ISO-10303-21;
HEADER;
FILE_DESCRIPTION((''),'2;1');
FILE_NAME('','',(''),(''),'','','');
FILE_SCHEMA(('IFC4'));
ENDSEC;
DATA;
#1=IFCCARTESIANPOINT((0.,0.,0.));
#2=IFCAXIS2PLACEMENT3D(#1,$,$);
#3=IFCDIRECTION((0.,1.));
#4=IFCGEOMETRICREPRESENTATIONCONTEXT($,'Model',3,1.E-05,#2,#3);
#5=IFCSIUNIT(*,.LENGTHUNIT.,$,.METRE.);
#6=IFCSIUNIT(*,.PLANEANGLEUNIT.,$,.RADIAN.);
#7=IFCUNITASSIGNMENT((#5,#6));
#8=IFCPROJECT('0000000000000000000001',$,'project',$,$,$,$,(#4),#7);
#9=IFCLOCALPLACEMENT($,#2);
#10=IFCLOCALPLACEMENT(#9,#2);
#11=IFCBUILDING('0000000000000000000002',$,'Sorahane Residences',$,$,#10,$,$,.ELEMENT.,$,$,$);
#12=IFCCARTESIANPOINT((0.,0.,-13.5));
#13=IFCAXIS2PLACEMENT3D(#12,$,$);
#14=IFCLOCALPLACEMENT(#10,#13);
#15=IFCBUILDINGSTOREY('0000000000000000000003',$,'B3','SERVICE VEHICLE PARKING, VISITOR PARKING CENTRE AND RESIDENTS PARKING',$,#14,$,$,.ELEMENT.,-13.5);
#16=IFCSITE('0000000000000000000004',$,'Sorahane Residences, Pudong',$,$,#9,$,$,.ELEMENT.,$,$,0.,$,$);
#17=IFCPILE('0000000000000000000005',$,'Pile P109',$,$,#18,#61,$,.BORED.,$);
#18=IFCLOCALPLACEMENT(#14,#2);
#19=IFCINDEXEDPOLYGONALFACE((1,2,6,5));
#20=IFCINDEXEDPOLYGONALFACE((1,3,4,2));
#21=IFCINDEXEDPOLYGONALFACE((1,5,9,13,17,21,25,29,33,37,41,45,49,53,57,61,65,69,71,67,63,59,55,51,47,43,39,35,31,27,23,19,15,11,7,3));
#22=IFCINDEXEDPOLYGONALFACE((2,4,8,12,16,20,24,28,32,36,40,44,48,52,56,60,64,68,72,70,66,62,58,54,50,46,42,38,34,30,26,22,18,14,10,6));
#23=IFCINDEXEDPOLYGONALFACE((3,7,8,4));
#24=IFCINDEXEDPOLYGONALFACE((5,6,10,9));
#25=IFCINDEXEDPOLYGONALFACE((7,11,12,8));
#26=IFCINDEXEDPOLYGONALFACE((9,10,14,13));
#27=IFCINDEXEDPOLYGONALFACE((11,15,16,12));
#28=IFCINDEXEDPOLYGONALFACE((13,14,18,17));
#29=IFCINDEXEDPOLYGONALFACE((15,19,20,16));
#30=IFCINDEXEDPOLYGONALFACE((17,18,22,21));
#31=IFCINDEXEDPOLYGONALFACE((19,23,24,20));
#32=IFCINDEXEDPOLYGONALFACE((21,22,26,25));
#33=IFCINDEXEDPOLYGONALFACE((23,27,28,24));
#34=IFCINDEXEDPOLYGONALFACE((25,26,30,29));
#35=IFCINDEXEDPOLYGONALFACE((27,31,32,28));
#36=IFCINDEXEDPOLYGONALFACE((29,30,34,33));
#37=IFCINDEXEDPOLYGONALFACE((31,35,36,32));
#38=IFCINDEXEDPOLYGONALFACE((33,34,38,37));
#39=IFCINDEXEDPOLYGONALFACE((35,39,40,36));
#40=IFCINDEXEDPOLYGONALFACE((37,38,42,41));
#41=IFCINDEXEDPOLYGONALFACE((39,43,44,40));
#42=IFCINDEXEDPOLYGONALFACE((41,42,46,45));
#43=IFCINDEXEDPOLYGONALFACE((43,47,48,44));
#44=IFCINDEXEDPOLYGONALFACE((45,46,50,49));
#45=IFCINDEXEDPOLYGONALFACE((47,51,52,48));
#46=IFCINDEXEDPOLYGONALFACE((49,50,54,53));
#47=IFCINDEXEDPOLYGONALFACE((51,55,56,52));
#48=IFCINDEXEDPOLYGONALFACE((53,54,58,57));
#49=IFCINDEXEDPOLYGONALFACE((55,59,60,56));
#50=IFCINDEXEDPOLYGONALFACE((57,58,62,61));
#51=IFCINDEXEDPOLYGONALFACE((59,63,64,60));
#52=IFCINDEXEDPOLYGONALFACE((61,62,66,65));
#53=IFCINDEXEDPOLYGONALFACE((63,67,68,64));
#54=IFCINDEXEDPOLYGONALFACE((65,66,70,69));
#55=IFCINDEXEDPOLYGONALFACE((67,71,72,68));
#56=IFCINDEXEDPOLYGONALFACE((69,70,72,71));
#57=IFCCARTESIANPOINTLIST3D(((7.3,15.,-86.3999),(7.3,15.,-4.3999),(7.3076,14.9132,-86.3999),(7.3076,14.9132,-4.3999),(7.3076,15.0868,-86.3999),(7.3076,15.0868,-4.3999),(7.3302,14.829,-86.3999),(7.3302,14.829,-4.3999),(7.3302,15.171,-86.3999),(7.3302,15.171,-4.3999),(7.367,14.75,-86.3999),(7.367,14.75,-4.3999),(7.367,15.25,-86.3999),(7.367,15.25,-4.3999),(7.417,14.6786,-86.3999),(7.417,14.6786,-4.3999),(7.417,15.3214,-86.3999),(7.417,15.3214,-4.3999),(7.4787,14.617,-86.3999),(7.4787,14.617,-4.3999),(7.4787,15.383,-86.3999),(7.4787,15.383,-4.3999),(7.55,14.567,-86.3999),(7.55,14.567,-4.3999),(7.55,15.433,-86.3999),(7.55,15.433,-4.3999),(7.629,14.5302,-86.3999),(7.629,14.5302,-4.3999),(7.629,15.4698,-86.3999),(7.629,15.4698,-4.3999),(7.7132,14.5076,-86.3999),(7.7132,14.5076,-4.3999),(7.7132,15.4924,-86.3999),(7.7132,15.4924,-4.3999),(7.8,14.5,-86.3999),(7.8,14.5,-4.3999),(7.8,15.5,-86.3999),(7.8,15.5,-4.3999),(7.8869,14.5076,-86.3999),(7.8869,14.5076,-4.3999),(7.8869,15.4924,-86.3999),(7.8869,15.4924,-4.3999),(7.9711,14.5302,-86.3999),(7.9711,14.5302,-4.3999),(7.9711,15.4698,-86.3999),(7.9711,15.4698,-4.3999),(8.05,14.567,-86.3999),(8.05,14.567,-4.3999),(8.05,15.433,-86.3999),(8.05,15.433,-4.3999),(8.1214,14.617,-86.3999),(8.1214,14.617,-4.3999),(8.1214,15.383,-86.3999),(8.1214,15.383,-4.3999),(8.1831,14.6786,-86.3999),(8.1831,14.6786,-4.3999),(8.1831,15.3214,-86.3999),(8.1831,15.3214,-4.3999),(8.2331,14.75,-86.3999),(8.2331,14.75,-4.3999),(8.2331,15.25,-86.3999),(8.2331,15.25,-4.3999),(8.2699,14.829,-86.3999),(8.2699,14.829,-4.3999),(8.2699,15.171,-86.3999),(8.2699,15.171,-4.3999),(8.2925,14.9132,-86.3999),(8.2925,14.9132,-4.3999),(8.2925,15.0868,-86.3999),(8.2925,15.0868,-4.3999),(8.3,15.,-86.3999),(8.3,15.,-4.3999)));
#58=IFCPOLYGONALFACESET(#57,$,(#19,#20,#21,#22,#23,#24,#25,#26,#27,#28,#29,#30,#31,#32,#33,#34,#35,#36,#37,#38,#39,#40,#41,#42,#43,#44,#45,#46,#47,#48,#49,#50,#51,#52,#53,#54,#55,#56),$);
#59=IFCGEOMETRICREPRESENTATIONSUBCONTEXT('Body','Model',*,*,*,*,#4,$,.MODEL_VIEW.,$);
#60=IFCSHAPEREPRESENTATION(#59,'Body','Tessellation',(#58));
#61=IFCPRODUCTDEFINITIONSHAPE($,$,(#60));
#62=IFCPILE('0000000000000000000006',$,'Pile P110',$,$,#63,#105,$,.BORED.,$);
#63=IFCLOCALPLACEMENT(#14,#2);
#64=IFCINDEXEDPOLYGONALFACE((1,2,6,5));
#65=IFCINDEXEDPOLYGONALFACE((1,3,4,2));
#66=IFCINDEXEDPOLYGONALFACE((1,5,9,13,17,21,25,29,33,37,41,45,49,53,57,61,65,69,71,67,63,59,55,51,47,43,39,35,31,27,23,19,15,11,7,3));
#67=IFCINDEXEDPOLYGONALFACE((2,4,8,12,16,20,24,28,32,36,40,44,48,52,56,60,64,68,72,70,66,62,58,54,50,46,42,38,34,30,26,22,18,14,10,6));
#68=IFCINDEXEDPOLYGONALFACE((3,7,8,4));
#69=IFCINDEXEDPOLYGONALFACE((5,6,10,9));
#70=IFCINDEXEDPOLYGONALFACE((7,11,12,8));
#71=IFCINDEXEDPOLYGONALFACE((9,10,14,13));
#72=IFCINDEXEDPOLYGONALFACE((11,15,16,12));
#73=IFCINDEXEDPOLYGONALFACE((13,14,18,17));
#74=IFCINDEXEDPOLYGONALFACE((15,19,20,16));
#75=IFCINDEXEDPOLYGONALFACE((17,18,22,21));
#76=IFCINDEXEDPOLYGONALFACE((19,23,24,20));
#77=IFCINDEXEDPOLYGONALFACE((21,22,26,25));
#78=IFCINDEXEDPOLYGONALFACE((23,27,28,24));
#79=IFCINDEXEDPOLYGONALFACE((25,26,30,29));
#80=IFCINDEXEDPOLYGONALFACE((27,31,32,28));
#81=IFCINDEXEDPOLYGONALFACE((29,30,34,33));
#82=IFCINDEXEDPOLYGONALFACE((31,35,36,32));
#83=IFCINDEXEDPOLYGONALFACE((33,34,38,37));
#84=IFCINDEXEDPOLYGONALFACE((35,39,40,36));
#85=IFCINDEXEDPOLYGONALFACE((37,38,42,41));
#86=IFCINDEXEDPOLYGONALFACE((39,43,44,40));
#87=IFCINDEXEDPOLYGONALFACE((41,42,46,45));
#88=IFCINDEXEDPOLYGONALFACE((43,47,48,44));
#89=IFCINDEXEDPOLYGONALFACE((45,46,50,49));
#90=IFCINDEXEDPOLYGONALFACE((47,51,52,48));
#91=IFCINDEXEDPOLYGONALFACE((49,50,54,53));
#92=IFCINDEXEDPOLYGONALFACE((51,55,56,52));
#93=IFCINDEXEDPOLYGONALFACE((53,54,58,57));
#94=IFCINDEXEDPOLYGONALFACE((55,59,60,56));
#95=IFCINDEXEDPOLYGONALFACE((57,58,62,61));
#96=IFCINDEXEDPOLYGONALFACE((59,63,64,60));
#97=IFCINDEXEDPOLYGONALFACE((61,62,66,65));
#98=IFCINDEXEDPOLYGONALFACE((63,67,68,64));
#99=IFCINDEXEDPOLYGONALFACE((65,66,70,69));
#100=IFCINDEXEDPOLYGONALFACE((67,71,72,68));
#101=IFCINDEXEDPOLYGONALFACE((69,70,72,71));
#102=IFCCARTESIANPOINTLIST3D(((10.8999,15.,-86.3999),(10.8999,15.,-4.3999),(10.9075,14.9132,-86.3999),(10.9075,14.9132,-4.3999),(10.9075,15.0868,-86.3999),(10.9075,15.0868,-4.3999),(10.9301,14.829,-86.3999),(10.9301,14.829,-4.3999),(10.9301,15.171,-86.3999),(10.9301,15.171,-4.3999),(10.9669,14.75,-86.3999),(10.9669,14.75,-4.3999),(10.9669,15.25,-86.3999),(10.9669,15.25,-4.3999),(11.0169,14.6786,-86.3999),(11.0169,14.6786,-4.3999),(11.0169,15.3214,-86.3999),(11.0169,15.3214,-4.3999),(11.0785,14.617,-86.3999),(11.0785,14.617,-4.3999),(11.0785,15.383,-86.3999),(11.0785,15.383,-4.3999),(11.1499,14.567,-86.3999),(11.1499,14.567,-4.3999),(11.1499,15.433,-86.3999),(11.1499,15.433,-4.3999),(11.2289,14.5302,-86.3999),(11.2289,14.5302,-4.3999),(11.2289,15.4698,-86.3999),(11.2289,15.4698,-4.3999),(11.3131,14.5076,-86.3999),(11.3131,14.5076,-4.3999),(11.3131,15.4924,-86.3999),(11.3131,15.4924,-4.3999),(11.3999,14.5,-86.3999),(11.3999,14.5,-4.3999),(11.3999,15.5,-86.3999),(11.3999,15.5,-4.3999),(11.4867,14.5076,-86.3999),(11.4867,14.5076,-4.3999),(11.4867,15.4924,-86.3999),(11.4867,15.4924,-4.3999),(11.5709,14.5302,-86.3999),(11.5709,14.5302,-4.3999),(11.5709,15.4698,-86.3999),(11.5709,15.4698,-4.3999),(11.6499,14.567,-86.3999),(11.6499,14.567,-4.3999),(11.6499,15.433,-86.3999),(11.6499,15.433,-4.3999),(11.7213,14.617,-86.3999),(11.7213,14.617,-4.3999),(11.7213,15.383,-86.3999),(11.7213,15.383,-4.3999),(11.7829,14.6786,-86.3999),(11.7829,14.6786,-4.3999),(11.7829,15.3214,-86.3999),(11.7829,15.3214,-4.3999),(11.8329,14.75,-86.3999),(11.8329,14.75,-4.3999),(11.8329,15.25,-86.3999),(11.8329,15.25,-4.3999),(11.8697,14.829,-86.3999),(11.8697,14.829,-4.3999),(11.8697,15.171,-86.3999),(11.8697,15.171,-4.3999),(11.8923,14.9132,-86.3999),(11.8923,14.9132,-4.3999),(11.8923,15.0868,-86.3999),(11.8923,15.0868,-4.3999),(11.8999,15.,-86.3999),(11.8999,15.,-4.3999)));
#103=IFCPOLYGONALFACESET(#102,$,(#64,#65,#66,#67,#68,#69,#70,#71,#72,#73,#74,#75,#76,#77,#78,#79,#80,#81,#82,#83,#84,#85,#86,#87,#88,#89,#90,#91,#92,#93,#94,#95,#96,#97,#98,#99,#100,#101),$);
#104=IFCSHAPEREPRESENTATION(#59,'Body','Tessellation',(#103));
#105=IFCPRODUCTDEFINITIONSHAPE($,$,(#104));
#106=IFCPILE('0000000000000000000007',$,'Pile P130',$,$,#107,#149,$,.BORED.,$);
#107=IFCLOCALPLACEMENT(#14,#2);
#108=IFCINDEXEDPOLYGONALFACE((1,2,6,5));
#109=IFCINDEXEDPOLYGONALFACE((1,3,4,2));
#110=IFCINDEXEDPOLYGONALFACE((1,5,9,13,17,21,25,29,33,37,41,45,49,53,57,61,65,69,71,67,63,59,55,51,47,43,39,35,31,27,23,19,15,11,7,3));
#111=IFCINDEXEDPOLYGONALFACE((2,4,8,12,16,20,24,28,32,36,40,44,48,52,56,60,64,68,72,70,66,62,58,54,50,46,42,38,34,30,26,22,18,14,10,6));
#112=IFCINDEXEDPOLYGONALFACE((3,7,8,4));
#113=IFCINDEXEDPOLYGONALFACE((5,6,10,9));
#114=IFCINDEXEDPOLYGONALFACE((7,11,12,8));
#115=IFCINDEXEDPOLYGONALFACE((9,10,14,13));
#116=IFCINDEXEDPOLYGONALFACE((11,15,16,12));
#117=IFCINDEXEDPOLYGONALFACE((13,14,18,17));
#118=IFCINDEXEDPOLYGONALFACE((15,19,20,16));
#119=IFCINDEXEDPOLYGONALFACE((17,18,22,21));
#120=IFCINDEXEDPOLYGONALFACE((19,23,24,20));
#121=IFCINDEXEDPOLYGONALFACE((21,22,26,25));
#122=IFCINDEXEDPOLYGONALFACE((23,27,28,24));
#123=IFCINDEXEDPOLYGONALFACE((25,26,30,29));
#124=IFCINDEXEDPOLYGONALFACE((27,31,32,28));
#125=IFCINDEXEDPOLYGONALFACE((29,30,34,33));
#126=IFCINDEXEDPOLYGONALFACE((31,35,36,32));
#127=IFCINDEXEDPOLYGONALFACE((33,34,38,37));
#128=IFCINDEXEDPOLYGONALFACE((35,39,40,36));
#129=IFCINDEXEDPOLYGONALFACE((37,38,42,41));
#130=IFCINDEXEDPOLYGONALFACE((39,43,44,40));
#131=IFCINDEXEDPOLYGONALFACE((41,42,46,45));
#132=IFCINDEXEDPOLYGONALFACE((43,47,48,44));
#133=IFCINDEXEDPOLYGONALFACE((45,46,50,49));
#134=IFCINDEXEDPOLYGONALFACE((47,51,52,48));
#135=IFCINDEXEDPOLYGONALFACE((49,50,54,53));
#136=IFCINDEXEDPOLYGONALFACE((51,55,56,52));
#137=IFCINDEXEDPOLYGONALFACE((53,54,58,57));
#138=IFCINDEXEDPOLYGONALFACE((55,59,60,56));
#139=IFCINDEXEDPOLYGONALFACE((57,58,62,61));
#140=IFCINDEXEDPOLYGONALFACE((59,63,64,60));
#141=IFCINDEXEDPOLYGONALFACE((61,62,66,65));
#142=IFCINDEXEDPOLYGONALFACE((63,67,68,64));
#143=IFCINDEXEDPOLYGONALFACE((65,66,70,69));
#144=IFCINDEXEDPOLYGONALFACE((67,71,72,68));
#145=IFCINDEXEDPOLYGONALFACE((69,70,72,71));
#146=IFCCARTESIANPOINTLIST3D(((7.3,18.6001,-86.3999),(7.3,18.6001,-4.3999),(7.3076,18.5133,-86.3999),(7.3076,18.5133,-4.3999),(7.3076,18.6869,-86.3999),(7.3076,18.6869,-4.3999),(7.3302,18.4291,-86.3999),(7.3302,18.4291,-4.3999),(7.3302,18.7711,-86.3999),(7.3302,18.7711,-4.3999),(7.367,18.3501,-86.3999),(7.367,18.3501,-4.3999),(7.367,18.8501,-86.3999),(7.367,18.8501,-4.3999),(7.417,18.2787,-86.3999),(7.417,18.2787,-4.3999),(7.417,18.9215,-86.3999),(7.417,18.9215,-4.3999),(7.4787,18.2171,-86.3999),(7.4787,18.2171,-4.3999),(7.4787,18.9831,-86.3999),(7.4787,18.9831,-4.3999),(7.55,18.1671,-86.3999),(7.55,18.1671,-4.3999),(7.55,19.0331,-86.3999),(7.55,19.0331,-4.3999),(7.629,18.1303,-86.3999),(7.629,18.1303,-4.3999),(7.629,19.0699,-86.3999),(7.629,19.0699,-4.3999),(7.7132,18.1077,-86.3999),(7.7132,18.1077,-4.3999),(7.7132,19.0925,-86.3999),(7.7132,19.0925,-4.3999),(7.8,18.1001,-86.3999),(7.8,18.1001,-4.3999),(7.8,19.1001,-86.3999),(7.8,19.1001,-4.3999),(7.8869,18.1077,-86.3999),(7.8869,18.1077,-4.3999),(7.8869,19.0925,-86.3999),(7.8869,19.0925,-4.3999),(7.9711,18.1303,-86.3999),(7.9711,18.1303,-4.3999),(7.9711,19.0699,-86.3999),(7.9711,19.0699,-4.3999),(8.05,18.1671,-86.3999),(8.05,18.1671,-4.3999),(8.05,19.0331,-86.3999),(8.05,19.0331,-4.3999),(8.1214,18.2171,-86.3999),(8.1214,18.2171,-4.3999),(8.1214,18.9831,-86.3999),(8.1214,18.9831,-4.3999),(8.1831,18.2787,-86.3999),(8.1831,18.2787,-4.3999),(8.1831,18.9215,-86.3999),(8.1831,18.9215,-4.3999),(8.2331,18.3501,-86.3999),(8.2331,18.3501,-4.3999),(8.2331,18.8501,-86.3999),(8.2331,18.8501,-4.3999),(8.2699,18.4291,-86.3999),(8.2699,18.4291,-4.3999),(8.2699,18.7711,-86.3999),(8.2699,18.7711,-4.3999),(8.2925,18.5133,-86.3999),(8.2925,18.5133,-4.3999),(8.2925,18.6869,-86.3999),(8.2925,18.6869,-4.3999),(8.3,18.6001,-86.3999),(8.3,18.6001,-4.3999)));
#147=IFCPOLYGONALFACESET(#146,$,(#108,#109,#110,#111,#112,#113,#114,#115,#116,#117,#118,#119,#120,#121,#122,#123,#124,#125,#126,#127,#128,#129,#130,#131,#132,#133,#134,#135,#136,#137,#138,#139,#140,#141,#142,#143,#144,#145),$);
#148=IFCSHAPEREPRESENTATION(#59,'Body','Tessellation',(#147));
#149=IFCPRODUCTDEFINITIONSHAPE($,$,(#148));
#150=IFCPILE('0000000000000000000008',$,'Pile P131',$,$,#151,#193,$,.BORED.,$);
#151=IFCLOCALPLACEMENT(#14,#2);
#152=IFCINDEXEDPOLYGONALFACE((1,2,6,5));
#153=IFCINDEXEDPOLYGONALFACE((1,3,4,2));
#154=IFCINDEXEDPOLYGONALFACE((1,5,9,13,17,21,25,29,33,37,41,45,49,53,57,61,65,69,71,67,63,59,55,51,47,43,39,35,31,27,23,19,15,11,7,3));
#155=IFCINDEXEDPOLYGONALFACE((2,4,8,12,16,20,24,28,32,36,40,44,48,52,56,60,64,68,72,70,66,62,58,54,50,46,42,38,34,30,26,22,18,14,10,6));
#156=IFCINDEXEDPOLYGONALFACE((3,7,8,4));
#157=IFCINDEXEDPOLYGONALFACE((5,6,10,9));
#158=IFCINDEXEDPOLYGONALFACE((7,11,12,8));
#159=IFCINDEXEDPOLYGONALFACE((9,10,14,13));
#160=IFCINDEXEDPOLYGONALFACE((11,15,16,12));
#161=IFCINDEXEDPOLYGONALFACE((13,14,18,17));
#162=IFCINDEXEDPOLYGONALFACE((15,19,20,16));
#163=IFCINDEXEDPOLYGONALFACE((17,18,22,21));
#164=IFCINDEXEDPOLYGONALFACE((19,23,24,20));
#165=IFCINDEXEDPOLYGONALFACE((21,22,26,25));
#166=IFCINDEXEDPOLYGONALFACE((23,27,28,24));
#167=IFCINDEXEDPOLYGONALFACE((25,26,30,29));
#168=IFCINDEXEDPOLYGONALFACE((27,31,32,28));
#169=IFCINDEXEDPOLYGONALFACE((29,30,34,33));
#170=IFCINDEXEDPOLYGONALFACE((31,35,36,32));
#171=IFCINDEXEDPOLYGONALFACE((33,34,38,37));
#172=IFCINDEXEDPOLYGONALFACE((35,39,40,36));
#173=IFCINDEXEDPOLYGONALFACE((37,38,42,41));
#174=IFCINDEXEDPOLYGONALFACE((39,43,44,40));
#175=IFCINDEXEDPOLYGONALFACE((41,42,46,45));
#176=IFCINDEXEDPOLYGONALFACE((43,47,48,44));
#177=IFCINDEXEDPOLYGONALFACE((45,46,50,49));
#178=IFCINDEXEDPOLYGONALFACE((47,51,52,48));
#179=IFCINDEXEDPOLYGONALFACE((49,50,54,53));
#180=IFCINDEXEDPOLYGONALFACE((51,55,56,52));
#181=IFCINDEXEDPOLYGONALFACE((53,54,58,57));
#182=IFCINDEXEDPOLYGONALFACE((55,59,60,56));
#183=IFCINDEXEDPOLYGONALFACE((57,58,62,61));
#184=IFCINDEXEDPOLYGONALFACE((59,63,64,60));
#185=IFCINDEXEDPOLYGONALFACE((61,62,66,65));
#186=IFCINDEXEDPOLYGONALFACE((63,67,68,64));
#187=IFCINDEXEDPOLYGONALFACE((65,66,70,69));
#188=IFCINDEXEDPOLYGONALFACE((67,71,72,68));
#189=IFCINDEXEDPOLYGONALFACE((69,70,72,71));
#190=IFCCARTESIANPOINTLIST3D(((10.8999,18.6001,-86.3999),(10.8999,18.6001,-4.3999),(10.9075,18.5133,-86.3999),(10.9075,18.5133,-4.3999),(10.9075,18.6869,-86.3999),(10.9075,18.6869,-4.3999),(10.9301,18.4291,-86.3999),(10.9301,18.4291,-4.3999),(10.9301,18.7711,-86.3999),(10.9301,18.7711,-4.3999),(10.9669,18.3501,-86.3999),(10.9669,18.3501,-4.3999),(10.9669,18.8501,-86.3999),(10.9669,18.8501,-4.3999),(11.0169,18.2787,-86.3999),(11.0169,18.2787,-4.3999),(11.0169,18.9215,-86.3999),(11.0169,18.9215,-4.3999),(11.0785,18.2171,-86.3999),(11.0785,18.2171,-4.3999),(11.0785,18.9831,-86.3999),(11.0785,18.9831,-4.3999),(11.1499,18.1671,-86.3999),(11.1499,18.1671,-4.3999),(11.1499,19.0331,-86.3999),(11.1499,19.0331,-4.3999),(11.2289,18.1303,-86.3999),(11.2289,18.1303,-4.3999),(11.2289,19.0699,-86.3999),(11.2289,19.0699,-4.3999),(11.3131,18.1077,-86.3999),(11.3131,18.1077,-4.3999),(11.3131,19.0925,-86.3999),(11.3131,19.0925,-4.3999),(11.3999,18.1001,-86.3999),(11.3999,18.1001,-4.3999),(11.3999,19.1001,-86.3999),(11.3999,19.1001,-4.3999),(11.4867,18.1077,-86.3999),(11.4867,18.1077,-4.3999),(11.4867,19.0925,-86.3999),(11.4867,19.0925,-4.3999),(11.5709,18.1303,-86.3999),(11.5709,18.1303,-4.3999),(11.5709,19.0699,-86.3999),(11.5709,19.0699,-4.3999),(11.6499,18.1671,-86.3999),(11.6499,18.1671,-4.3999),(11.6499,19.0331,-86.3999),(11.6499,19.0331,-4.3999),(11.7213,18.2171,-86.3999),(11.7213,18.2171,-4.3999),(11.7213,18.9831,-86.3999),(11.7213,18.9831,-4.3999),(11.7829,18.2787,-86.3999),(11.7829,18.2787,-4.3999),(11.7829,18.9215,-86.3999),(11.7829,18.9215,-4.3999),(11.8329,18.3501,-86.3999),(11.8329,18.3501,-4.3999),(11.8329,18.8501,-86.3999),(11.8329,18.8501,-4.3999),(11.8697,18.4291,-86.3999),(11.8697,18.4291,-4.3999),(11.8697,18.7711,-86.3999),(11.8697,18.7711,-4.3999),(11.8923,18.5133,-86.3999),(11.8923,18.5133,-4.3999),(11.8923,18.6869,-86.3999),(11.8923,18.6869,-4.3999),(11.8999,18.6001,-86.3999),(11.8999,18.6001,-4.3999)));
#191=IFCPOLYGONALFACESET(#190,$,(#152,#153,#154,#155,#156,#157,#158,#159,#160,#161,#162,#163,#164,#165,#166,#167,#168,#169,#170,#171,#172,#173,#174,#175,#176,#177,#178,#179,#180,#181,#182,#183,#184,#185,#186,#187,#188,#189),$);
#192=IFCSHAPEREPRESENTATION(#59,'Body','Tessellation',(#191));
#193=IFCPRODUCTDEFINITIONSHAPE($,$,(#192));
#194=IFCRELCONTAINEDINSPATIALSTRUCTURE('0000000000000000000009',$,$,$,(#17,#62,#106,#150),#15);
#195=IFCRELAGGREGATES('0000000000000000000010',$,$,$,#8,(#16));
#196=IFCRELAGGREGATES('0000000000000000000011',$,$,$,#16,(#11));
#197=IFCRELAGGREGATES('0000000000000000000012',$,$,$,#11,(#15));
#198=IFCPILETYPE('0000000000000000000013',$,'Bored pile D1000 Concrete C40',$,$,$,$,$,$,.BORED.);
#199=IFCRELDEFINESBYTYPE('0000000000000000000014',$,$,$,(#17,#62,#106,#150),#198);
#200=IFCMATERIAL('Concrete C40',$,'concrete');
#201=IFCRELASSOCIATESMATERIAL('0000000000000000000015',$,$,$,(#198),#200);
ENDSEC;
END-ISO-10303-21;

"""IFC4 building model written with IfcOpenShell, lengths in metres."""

from ifc_helpers import new_model, si_unit, direction, frame, origin, origin_2d, place, context, subcontext, project, spatial, circle, extrude, material, material_profile, profile_set, type_object, element, save


model = new_model("IFC4")

# Units and contexts
model_context = context("Model", 3, precision=1e-05, world=origin(), true_north=direction((0.0, 1.0)))
body_context = subcontext(model_context, "Body", "Model", "MODEL_VIEW")
ifc_project = project(units=[si_unit("LENGTHUNIT", "METRE"), si_unit("PLANEANGLEUNIT", "RADIAN")], contexts=[model_context])

# Site, building, storey
site_placement = place(None, origin())
site = spatial("IfcSite", under=ifc_project, at=site_placement, Name="Sorahane Residences, Pudong", CompositionType="ELEMENT", RefElevation=0.0)
building_placement = place(site_placement, origin())
building = spatial("IfcBuilding", under=site, at=building_placement, Name="Sorahane Residences", CompositionType="ELEMENT")
storey_placement = place(building_placement, frame((0.0, 0.0, -13.5)))
storey = spatial("IfcBuildingStorey", under=building, at=storey_placement, Name="B3", Description="SERVICE VEHICLE PARKING, VISITOR PARKING CENTRE AND RESIDENTS PARKING", CompositionType="ELEMENT", Elevation=-13.5)

# Piles
ifc_material_1 = material(Name="Concrete C40", Category="concrete")
ifc_material_profile_1 = material_profile(ifc_material_1, circle(Radius=0.5, at=origin_2d()), Name="D1000")
ifc_profile_set_1 = profile_set([ifc_material_profile_1], Name="Concrete C40")
pile_type = type_object("IfcPileType", Name="Bored pile D1000 Concrete C40", PredefinedType="BORED", material=ifc_profile_set_1)
for number, where, z_axis, x_axis, name in (
    (1, (7.8, 15.0, -4.3999), (0.0, 0.0, -1.0), (1.0, 0.0, 0.0), "Pile P109"),
    (2, (11.3999, 15.0, -4.3999), (0.0, 0.0, -1.0), (1.0, 0.0, 0.0), "Pile P110"),
    (3, (7.8, 18.6001, -4.3999), (0.0, 0.0, -1.0), (1.0, 0.0, 0.0), "Pile P130"),
    (4, (11.3999, 18.6001, -4.3999), (0.0, 0.0, -1.0), (1.0, 0.0, 0.0), "Pile P131"),
):
    element("IfcPile", number, at=place(storey_placement, frame(where, z_axis=z_axis, x_axis=x_axis)), inside=storey, type_object=pile_type, Name=name, PredefinedType="BORED", context=body_context, shape_type="SweptSolid", body=[
        extrude(circle(Radius=0.5, at=origin_2d()), origin(), (0.0, 0.0, 1.0), 82.0),
    ])

save(model, "model.ifc")
